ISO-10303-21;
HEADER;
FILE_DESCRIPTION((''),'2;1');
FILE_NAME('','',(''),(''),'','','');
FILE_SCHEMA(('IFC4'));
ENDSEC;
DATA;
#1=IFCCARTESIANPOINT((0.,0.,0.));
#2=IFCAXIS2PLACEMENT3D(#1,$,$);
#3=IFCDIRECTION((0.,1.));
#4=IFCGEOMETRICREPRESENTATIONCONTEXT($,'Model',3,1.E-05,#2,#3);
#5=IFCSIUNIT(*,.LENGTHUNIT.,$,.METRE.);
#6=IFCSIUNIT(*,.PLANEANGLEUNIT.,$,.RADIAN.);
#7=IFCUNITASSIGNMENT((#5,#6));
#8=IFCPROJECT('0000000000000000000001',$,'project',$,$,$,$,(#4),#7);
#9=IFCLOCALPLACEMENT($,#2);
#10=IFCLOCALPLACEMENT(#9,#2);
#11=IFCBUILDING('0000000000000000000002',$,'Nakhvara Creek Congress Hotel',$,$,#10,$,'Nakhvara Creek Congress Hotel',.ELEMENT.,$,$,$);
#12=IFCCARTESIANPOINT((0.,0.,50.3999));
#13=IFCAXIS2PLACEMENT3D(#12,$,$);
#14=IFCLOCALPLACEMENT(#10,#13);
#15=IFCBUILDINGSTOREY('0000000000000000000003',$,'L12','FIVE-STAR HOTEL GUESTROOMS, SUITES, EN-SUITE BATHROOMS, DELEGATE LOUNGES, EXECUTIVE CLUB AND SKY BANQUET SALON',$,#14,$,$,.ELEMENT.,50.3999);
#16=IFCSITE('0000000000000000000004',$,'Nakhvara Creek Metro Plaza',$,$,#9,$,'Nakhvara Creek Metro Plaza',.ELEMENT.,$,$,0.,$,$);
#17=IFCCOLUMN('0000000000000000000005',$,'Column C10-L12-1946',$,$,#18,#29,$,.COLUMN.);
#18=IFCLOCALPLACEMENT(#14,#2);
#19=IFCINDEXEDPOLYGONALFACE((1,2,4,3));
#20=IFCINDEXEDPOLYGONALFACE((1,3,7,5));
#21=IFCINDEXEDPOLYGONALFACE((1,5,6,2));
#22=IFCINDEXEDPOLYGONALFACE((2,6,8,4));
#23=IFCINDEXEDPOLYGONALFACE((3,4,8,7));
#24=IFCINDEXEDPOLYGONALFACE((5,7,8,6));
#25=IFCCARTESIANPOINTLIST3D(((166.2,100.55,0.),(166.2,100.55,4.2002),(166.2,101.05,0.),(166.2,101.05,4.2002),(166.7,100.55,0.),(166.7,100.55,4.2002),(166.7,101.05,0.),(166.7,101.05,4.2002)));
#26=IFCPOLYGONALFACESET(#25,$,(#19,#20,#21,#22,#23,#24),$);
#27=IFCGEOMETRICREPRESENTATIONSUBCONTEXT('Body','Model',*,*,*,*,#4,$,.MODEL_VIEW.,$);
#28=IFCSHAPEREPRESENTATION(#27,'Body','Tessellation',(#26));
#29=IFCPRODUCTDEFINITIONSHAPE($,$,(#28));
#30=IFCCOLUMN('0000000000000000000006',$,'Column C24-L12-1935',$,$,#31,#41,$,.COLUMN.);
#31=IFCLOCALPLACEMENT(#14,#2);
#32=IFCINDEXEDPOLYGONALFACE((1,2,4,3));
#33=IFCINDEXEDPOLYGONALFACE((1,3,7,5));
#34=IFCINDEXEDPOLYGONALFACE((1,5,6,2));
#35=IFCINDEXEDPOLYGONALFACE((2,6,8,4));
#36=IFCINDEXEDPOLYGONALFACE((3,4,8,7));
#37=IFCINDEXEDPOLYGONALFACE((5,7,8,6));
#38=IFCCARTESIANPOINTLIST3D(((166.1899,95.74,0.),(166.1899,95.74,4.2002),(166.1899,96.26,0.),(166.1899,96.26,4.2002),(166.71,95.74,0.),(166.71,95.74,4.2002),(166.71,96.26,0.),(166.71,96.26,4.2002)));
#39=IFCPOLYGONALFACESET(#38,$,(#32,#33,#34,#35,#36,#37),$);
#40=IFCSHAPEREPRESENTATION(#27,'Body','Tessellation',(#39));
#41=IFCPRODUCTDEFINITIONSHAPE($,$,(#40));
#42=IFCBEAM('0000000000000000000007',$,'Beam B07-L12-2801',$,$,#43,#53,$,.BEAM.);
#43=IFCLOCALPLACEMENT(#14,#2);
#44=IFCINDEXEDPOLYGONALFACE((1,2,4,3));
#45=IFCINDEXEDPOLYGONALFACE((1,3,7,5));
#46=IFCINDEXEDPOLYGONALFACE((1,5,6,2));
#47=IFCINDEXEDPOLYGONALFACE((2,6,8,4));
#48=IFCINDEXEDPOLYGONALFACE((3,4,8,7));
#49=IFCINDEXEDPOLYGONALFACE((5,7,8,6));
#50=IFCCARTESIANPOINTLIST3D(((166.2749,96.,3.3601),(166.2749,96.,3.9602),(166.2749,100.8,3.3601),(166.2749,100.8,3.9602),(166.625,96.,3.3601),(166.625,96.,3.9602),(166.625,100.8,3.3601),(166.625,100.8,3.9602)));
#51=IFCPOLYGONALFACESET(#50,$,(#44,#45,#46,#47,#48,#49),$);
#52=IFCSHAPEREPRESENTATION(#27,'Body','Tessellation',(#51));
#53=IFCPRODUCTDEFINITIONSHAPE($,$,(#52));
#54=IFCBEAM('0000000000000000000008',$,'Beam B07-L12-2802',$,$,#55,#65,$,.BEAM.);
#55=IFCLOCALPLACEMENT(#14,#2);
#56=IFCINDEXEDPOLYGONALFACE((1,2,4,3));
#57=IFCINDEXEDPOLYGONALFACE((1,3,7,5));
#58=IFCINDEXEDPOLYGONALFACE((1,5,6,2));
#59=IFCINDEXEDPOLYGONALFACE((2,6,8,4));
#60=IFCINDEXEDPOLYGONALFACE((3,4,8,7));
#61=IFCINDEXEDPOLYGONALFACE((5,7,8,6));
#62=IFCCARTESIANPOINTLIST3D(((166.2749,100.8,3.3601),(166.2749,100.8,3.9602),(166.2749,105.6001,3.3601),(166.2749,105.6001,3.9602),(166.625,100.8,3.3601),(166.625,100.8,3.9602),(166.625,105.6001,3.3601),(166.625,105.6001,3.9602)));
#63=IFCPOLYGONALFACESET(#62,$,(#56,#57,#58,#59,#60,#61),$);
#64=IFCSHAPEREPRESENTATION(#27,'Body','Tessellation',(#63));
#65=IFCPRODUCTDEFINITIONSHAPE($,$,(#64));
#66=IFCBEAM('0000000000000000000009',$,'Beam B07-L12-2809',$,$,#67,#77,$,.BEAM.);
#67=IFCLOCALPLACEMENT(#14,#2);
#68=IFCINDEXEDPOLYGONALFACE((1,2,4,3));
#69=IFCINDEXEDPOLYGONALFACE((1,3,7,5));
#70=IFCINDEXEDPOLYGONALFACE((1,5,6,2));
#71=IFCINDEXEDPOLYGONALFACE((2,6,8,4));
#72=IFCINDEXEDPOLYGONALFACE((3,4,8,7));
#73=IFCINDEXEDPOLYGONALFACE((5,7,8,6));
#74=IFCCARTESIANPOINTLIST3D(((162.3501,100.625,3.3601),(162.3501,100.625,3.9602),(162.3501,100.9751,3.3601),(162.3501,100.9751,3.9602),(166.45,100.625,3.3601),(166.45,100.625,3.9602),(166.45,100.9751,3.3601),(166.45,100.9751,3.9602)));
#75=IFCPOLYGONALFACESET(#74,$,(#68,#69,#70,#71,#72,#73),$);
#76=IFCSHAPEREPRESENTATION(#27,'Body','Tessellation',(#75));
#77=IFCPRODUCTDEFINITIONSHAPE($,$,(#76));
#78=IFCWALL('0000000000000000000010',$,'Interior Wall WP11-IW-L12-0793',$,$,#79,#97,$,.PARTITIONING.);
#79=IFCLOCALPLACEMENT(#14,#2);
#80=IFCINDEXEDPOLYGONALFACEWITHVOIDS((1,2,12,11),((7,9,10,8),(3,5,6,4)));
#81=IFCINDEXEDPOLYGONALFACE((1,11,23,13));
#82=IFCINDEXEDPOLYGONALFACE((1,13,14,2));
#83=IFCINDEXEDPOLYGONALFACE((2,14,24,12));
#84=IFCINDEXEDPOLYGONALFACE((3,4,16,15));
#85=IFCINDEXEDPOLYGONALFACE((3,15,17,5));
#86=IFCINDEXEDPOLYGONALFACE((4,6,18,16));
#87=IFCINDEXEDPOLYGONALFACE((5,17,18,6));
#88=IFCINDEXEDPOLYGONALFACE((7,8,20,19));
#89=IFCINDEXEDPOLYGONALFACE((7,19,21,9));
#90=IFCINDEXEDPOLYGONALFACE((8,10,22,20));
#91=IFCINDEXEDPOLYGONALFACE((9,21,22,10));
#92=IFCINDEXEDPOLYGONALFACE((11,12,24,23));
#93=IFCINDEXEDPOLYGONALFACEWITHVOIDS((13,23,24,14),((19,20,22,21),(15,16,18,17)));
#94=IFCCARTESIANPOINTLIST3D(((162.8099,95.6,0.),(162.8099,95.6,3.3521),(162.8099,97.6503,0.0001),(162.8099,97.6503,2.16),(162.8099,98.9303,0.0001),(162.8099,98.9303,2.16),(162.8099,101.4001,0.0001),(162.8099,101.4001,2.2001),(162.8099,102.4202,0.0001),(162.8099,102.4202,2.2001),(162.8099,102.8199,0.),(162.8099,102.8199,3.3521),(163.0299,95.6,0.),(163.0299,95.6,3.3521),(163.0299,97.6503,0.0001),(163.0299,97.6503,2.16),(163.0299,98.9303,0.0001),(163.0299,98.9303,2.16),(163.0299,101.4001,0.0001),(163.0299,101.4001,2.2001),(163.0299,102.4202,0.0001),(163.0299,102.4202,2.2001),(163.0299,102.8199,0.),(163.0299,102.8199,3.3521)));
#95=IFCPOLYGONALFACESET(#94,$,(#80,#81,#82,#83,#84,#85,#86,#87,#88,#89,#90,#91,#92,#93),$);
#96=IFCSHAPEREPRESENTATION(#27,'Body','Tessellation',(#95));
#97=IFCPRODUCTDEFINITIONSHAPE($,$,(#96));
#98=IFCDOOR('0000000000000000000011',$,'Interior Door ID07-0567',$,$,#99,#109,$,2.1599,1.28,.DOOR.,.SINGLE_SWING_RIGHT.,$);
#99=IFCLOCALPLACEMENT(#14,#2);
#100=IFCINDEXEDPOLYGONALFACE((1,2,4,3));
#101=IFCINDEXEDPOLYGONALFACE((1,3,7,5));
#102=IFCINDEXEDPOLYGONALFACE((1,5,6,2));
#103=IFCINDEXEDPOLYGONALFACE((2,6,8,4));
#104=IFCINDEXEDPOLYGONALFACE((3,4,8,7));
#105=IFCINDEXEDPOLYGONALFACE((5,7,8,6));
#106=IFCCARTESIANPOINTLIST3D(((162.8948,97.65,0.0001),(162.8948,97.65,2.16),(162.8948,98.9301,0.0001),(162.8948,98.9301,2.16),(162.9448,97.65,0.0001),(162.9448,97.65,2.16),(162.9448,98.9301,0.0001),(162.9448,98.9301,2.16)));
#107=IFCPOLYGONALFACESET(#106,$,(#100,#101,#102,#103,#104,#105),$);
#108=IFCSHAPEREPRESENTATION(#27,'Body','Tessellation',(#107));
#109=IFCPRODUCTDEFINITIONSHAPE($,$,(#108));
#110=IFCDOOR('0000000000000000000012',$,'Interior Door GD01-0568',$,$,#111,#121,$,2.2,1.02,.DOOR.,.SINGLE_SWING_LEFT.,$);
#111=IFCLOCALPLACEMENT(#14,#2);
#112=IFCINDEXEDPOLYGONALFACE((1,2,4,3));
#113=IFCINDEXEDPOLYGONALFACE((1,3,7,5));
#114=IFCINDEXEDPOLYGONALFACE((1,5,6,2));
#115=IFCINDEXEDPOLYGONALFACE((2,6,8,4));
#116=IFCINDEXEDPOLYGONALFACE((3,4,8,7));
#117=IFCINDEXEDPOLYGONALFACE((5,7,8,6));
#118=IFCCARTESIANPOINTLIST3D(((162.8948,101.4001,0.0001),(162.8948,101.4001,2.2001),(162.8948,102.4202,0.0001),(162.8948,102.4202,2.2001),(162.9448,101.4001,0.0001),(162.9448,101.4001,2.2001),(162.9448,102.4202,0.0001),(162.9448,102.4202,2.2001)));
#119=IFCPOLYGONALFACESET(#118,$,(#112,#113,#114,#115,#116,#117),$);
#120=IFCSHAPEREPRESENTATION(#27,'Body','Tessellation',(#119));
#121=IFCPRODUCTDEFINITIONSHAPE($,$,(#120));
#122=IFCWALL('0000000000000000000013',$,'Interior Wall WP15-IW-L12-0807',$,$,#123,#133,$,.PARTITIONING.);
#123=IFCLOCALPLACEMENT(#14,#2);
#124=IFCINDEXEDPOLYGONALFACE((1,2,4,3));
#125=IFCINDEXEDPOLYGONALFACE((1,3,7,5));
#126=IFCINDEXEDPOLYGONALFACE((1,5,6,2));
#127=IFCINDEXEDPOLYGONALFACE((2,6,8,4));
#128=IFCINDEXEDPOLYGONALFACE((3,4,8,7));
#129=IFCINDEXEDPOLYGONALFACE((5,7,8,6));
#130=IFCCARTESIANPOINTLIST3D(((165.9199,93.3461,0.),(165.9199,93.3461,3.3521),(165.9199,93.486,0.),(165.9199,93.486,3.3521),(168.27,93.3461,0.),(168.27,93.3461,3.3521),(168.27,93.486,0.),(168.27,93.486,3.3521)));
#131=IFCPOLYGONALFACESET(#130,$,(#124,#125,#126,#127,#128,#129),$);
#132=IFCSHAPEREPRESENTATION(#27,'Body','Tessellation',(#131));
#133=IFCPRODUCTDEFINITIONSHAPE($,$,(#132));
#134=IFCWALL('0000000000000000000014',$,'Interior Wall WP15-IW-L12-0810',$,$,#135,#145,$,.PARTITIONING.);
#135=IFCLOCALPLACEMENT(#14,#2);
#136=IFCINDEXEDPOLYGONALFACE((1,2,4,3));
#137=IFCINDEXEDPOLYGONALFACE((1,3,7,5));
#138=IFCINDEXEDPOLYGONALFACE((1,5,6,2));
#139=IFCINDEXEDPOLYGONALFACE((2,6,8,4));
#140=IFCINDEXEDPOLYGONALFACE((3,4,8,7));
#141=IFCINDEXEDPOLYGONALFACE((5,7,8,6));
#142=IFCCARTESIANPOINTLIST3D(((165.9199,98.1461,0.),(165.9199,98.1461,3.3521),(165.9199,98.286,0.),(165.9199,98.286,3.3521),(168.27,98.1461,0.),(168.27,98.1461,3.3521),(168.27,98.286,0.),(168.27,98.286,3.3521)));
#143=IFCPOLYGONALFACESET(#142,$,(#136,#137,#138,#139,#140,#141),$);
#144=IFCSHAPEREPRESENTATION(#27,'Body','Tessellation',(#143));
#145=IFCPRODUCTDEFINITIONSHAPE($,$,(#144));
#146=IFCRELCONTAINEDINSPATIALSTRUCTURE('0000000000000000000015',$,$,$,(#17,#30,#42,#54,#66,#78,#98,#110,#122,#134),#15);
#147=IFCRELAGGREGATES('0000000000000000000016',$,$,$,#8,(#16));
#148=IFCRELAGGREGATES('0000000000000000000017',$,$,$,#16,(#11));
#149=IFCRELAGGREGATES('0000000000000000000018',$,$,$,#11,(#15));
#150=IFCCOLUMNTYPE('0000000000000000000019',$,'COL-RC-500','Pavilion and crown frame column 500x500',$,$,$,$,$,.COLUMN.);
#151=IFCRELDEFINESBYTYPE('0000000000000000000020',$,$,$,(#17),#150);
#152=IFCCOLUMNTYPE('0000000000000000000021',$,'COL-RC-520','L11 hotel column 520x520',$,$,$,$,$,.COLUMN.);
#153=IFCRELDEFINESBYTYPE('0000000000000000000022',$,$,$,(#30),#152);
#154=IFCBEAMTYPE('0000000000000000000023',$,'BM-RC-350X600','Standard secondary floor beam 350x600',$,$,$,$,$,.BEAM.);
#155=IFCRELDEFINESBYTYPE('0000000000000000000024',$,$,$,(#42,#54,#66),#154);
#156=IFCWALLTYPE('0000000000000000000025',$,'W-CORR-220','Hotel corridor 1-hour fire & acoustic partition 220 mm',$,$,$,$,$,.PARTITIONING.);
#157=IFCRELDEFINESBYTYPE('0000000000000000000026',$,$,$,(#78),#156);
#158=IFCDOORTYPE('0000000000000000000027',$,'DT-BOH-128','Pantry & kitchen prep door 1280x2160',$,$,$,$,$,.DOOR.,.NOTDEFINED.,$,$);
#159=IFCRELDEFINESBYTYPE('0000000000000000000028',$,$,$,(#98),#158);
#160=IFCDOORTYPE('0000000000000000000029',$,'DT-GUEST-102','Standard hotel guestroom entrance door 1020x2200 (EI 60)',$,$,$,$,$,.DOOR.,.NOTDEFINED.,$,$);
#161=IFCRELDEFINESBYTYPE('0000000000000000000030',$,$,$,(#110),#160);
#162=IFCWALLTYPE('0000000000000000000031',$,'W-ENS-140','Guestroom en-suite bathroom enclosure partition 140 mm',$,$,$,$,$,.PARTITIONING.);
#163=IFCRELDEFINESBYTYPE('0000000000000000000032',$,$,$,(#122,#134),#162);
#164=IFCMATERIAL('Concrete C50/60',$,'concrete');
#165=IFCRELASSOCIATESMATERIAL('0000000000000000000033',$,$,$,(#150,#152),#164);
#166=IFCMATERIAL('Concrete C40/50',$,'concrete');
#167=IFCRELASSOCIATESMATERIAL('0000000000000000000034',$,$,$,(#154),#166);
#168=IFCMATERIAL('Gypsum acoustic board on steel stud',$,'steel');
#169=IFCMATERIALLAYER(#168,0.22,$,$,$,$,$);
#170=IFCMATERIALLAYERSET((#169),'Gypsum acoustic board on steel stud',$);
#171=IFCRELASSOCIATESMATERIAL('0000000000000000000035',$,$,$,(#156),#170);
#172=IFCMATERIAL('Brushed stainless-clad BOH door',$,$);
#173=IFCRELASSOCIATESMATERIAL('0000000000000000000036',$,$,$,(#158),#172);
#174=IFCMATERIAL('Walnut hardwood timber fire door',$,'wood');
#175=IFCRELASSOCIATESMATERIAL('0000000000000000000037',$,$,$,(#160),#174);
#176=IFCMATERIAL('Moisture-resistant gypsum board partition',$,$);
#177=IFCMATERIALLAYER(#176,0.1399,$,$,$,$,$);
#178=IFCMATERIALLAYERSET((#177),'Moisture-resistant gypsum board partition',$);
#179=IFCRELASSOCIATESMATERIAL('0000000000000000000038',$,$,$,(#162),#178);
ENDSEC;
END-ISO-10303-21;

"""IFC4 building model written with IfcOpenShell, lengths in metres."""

from ifc_helpers import new_model, si_unit, direction, frame, frame_2d, origin, origin_2d, place, context, subcontext, project, spatial, rectangle, extrude, material, layer, layer_set, material_profile, profile_set, type_object, element, fill, save


model = new_model("IFC4")

# Units and contexts
model_context = context("Model", 3, precision=1e-05, world=origin(), true_north=direction((0.0, 1.0)))
body_context = subcontext(model_context, "Body", "Model", "MODEL_VIEW")
ifc_project = project(units=[si_unit("LENGTHUNIT", "METRE"), si_unit("PLANEANGLEUNIT", "RADIAN")], contexts=[model_context])

# Site, building, storey
site_placement = place(None, origin())
site = spatial("IfcSite", under=ifc_project, at=site_placement, Name="Nakhvara Creek Metro Plaza", LongName="Nakhvara Creek Metro Plaza", CompositionType="ELEMENT", RefElevation=0.0)
building_placement = place(site_placement, origin())
building = spatial("IfcBuilding", under=site, at=building_placement, Name="Nakhvara Creek Congress Hotel", LongName="Nakhvara Creek Congress Hotel", CompositionType="ELEMENT")
storey_placement = place(building_placement, frame((0.0, 0.0, 50.3999)))
storey = spatial("IfcBuildingStorey", under=building, at=storey_placement, Name="L12", Description="FIVE-STAR HOTEL GUESTROOMS, SUITES, EN-SUITE BATHROOMS, DELEGATE LOUNGES, EXECUTIVE CLUB AND SKY BANQUET SALON", CompositionType="ELEMENT", Elevation=50.3999)

# Columns
ifc_material_1 = material(Name="Concrete C50/60", Category="concrete")
ifc_material_profile_1 = material_profile(ifc_material_1, rectangle(XDim=0.5, YDim=0.5, at=origin_2d()), Name="RC-COL 500x500", Category="LoadBearing")
ifc_profile_set_1 = profile_set([ifc_material_profile_1], Name="Concrete C50/60")
column_type_1 = type_object("IfcColumnType", Name="COL-RC-500", Description="Pavilion and crown frame column 500x500", PredefinedType="COLUMN", material=ifc_profile_set_1)
column_1_placement = place(storey_placement, frame((166.45, 100.8, 0.0), z_axis=(0.0, 0.0, 1.0), x_axis=(1.0, 0.0, 0.0)))
element("IfcColumn", 1, at=column_1_placement, inside=storey, type_object=column_type_1, Name="Column C10-L12-1946", PredefinedType="COLUMN", context=body_context, shape_type="SweptSolid", body=[
    extrude(rectangle(XDim=0.5, YDim=0.5, at=origin_2d()), origin(), (0.0, 0.0, 1.0), 4.2002),
])
ifc_material_profile_2 = material_profile(ifc_material_1, rectangle(XDim=0.52, YDim=0.52, at=origin_2d()), Name="RC-COL 520x520", Category="LoadBearing")
ifc_profile_set_2 = profile_set([ifc_material_profile_2], Name="Concrete C50/60")
column_type_2 = type_object("IfcColumnType", Name="COL-RC-520", Description="L11 hotel column 520x520", PredefinedType="COLUMN", material=ifc_profile_set_2)
column_2_placement = place(storey_placement, frame((166.45, 96.0, 0.0), z_axis=(0.0, 0.0, 1.0), x_axis=(1.0, 0.0, 0.0)))
element("IfcColumn", 2, at=column_2_placement, inside=storey, type_object=column_type_2, Name="Column C24-L12-1935", PredefinedType="COLUMN", context=body_context, shape_type="SweptSolid", body=[
    extrude(rectangle(XDim=0.52, YDim=0.52, at=origin_2d()), origin(), (0.0, 0.0, 1.0), 4.2002),
])

# Beams
ifc_material_2 = material(Name="Concrete C40/50", Category="concrete")
ifc_material_profile_3 = material_profile(ifc_material_2, rectangle(XDim=0.3501, YDim=0.6001, at=origin_2d()), Name="RC-BM 350x600", Category="LoadBearing")
ifc_profile_set_3 = profile_set([ifc_material_profile_3], Name="Concrete C40/50")
beam_type = type_object("IfcBeamType", Name="BM-RC-350X600", Description="Standard secondary floor beam 350x600", PredefinedType="BEAM", material=ifc_profile_set_3)
for number, where, z_axis, x_axis, name in (
    (3, (166.45, 96.0, 3.6602), (0.0, 1.0, 0.0), (-1.0, 0.0, 0.0), "Beam B07-L12-2801"),
    (4, (166.45, 100.8, 3.6602), (0.0, 1.0, 0.0), (-1.0, 0.0, 0.0), "Beam B07-L12-2802"),
):
    element("IfcBeam", number, at=place(storey_placement, frame(where, z_axis=z_axis, x_axis=x_axis)), inside=storey, type_object=beam_type, Name=name, PredefinedType="BEAM", context=body_context, shape_type="SweptSolid", body=[
        extrude(rectangle(XDim=0.3501, YDim=0.6001, at=origin_2d()), origin(), (0.0, 0.0, 1.0), 4.8),
    ])
beam_placement = place(storey_placement, frame((162.3501, 100.8, 3.6602), z_axis=(1.0, 0.0, 0.0), x_axis=(0.0, 1.0, 0.0)))
element("IfcBeam", 5, at=beam_placement, inside=storey, type_object=beam_type, Name="Beam B07-L12-2809", PredefinedType="BEAM", context=body_context, shape_type="SweptSolid", body=[
    extrude(rectangle(XDim=0.3501, YDim=0.6001, at=origin_2d()), origin(), (0.0, 0.0, 1.0), 4.0999),
])

# Wall, openings, doors
ifc_material_3 = material(Name="Gypsum acoustic board on steel stud", Category="steel")
ifc_layer_1 = layer(ifc_material_3, 0.22)
ifc_layer_set_1 = layer_set([ifc_layer_1], Name="Gypsum acoustic board on steel stud")
wall_type_1 = type_object("IfcWallType", Name="W-CORR-220", Description="Hotel corridor 1-hour fire & acoustic partition 220 mm", PredefinedType="PARTITIONING", material=ifc_layer_set_1)
wall_1_placement = place(storey_placement, frame((162.9199, 95.6001, 0.0), z_axis=(0.0, 0.0, 1.0), x_axis=(0.0, 1.0, 0.0)))
wall_1 = element("IfcWall", 6, at=wall_1_placement, inside=storey, type_object=wall_type_1, Name="Interior Wall WP11-IW-L12-0793", PredefinedType="PARTITIONING", context=body_context, shape_type="SweptSolid", body=[
    extrude(rectangle(XDim=7.22, YDim=0.22, at=frame_2d((3.6099, 0.0))), origin(), (0.0, 0.0, 1.0), 3.3521),
])
opening_1_placement = place(wall_1_placement, frame((2.05, 0.0, 0.0)))
opening_1 = element("IfcOpeningElement", 7, at=opening_1_placement, cuts=wall_1, PredefinedType="OPENING", context=body_context, shape_type="SweptSolid", body=[
    extrude(rectangle(XDim=1.28, YDim=2.1599, at=frame_2d((0.6401, 1.0801))), frame((0.0, 0.1221, 0.0), z_axis=(0.0, -1.0, 0.0), x_axis=(1.0, 0.0, 0.0)), (0.0, 0.0, 1.0), 0.2439),
])
opening_2_placement = place(wall_1_placement, frame((5.8, 0.0, 0.0)))
opening_2 = element("IfcOpeningElement", 8, at=opening_2_placement, cuts=wall_1, PredefinedType="OPENING", context=body_context, shape_type="SweptSolid", body=[
    extrude(rectangle(XDim=1.02, YDim=2.2, at=frame_2d((0.51, 1.1001))), frame((0.0, 0.1221, 0.0), z_axis=(0.0, -1.0, 0.0), x_axis=(1.0, 0.0, 0.0)), (0.0, 0.0, 1.0), 0.2439),
])
ifc_material_4 = material(Name="Brushed stainless-clad BOH door")
door_type_1 = type_object("IfcDoorType", Name="DT-BOH-128", Description="Pantry & kitchen prep door 1280x2160", OperationType="NOTDEFINED", PredefinedType="DOOR", material=ifc_material_4)
door_1_placement = place(opening_1_placement, frame((1.28, 0.0, 0.0), z_axis=(0.0, 0.0, 1.0), x_axis=(-1.0, 0.0, 0.0)))
door_1 = element("IfcDoor", 9, at=door_1_placement, inside=storey, type_object=door_type_1, Name="Interior Door ID07-0567", OperationType="SINGLE_SWING_RIGHT", OverallHeight=2.1599, OverallWidth=1.28, PredefinedType="DOOR", context=body_context, shape_type="SweptSolid", body=[
    extrude(rectangle(XDim=1.28, YDim=2.1599, at=frame_2d((0.6401, 1.0801))), frame((0.0, 0.0249, 0.0), z_axis=(0.0, -1.0, 0.0), x_axis=(1.0, 0.0, 0.0)), (0.0, 0.0, 1.0), 0.05),
])
fill(opening_1, door_1)
ifc_material_5 = material(Name="Walnut hardwood timber fire door", Category="wood")
door_type_2 = type_object("IfcDoorType", Name="DT-GUEST-102", Description="Standard hotel guestroom entrance door 1020x2200 (EI 60)", OperationType="NOTDEFINED", PredefinedType="DOOR", material=ifc_material_5)
door_2_placement = place(opening_2_placement, frame((1.02, 0.0, 0.0), z_axis=(0.0, 0.0, 1.0), x_axis=(-1.0, 0.0, 0.0)))
door_2 = element("IfcDoor", 10, at=door_2_placement, inside=storey, type_object=door_type_2, Name="Interior Door GD01-0568", OperationType="SINGLE_SWING_LEFT", OverallHeight=2.2, OverallWidth=1.02, PredefinedType="DOOR", context=body_context, shape_type="SweptSolid", body=[
    extrude(rectangle(XDim=1.02, YDim=2.2, at=frame_2d((0.51, 1.1001))), frame((0.0, 0.0249, 0.0), z_axis=(0.0, -1.0, 0.0), x_axis=(1.0, 0.0, 0.0)), (0.0, 0.0, 1.0), 0.05),
])
fill(opening_2, door_2)

# Wall
ifc_material_6 = material(Name="Moisture-resistant gypsum board partition")
ifc_layer_2 = layer(ifc_material_6, 0.1399)
ifc_layer_set_2 = layer_set([ifc_layer_2], Name="Moisture-resistant gypsum board partition")
wall_type_2 = type_object("IfcWallType", Name="W-ENS-140", Description="Guestroom en-suite bathroom enclosure partition 140 mm", PredefinedType="PARTITIONING", material=ifc_layer_set_2)
wall_2_placement = place(storey_placement, frame((165.9199, 93.416, 0.0), z_axis=(0.0, 0.0, 1.0), x_axis=(1.0, 0.0, 0.0)))
element("IfcWall", 11, at=wall_2_placement, inside=storey, type_object=wall_type_2, Name="Interior Wall WP15-IW-L12-0807", PredefinedType="PARTITIONING", context=body_context, shape_type="SweptSolid", body=[
    extrude(rectangle(XDim=2.3501, YDim=0.1399, at=frame_2d((1.175, 0.0))), origin(), (0.0, 0.0, 1.0), 3.3521),
])

# Wall
wall_3_placement = place(storey_placement, frame((165.9199, 98.2161, 0.0), z_axis=(0.0, 0.0, 1.0), x_axis=(1.0, 0.0, 0.0)))
element("IfcWall", 12, at=wall_3_placement, inside=storey, type_object=wall_type_2, Name="Interior Wall WP15-IW-L12-0810", PredefinedType="PARTITIONING", context=body_context, shape_type="SweptSolid", body=[
    extrude(rectangle(XDim=2.3501, YDim=0.1399, at=frame_2d((1.175, 0.0))), origin(), (0.0, 0.0, 1.0), 3.3521),
])

save(model, "model.ifc")
